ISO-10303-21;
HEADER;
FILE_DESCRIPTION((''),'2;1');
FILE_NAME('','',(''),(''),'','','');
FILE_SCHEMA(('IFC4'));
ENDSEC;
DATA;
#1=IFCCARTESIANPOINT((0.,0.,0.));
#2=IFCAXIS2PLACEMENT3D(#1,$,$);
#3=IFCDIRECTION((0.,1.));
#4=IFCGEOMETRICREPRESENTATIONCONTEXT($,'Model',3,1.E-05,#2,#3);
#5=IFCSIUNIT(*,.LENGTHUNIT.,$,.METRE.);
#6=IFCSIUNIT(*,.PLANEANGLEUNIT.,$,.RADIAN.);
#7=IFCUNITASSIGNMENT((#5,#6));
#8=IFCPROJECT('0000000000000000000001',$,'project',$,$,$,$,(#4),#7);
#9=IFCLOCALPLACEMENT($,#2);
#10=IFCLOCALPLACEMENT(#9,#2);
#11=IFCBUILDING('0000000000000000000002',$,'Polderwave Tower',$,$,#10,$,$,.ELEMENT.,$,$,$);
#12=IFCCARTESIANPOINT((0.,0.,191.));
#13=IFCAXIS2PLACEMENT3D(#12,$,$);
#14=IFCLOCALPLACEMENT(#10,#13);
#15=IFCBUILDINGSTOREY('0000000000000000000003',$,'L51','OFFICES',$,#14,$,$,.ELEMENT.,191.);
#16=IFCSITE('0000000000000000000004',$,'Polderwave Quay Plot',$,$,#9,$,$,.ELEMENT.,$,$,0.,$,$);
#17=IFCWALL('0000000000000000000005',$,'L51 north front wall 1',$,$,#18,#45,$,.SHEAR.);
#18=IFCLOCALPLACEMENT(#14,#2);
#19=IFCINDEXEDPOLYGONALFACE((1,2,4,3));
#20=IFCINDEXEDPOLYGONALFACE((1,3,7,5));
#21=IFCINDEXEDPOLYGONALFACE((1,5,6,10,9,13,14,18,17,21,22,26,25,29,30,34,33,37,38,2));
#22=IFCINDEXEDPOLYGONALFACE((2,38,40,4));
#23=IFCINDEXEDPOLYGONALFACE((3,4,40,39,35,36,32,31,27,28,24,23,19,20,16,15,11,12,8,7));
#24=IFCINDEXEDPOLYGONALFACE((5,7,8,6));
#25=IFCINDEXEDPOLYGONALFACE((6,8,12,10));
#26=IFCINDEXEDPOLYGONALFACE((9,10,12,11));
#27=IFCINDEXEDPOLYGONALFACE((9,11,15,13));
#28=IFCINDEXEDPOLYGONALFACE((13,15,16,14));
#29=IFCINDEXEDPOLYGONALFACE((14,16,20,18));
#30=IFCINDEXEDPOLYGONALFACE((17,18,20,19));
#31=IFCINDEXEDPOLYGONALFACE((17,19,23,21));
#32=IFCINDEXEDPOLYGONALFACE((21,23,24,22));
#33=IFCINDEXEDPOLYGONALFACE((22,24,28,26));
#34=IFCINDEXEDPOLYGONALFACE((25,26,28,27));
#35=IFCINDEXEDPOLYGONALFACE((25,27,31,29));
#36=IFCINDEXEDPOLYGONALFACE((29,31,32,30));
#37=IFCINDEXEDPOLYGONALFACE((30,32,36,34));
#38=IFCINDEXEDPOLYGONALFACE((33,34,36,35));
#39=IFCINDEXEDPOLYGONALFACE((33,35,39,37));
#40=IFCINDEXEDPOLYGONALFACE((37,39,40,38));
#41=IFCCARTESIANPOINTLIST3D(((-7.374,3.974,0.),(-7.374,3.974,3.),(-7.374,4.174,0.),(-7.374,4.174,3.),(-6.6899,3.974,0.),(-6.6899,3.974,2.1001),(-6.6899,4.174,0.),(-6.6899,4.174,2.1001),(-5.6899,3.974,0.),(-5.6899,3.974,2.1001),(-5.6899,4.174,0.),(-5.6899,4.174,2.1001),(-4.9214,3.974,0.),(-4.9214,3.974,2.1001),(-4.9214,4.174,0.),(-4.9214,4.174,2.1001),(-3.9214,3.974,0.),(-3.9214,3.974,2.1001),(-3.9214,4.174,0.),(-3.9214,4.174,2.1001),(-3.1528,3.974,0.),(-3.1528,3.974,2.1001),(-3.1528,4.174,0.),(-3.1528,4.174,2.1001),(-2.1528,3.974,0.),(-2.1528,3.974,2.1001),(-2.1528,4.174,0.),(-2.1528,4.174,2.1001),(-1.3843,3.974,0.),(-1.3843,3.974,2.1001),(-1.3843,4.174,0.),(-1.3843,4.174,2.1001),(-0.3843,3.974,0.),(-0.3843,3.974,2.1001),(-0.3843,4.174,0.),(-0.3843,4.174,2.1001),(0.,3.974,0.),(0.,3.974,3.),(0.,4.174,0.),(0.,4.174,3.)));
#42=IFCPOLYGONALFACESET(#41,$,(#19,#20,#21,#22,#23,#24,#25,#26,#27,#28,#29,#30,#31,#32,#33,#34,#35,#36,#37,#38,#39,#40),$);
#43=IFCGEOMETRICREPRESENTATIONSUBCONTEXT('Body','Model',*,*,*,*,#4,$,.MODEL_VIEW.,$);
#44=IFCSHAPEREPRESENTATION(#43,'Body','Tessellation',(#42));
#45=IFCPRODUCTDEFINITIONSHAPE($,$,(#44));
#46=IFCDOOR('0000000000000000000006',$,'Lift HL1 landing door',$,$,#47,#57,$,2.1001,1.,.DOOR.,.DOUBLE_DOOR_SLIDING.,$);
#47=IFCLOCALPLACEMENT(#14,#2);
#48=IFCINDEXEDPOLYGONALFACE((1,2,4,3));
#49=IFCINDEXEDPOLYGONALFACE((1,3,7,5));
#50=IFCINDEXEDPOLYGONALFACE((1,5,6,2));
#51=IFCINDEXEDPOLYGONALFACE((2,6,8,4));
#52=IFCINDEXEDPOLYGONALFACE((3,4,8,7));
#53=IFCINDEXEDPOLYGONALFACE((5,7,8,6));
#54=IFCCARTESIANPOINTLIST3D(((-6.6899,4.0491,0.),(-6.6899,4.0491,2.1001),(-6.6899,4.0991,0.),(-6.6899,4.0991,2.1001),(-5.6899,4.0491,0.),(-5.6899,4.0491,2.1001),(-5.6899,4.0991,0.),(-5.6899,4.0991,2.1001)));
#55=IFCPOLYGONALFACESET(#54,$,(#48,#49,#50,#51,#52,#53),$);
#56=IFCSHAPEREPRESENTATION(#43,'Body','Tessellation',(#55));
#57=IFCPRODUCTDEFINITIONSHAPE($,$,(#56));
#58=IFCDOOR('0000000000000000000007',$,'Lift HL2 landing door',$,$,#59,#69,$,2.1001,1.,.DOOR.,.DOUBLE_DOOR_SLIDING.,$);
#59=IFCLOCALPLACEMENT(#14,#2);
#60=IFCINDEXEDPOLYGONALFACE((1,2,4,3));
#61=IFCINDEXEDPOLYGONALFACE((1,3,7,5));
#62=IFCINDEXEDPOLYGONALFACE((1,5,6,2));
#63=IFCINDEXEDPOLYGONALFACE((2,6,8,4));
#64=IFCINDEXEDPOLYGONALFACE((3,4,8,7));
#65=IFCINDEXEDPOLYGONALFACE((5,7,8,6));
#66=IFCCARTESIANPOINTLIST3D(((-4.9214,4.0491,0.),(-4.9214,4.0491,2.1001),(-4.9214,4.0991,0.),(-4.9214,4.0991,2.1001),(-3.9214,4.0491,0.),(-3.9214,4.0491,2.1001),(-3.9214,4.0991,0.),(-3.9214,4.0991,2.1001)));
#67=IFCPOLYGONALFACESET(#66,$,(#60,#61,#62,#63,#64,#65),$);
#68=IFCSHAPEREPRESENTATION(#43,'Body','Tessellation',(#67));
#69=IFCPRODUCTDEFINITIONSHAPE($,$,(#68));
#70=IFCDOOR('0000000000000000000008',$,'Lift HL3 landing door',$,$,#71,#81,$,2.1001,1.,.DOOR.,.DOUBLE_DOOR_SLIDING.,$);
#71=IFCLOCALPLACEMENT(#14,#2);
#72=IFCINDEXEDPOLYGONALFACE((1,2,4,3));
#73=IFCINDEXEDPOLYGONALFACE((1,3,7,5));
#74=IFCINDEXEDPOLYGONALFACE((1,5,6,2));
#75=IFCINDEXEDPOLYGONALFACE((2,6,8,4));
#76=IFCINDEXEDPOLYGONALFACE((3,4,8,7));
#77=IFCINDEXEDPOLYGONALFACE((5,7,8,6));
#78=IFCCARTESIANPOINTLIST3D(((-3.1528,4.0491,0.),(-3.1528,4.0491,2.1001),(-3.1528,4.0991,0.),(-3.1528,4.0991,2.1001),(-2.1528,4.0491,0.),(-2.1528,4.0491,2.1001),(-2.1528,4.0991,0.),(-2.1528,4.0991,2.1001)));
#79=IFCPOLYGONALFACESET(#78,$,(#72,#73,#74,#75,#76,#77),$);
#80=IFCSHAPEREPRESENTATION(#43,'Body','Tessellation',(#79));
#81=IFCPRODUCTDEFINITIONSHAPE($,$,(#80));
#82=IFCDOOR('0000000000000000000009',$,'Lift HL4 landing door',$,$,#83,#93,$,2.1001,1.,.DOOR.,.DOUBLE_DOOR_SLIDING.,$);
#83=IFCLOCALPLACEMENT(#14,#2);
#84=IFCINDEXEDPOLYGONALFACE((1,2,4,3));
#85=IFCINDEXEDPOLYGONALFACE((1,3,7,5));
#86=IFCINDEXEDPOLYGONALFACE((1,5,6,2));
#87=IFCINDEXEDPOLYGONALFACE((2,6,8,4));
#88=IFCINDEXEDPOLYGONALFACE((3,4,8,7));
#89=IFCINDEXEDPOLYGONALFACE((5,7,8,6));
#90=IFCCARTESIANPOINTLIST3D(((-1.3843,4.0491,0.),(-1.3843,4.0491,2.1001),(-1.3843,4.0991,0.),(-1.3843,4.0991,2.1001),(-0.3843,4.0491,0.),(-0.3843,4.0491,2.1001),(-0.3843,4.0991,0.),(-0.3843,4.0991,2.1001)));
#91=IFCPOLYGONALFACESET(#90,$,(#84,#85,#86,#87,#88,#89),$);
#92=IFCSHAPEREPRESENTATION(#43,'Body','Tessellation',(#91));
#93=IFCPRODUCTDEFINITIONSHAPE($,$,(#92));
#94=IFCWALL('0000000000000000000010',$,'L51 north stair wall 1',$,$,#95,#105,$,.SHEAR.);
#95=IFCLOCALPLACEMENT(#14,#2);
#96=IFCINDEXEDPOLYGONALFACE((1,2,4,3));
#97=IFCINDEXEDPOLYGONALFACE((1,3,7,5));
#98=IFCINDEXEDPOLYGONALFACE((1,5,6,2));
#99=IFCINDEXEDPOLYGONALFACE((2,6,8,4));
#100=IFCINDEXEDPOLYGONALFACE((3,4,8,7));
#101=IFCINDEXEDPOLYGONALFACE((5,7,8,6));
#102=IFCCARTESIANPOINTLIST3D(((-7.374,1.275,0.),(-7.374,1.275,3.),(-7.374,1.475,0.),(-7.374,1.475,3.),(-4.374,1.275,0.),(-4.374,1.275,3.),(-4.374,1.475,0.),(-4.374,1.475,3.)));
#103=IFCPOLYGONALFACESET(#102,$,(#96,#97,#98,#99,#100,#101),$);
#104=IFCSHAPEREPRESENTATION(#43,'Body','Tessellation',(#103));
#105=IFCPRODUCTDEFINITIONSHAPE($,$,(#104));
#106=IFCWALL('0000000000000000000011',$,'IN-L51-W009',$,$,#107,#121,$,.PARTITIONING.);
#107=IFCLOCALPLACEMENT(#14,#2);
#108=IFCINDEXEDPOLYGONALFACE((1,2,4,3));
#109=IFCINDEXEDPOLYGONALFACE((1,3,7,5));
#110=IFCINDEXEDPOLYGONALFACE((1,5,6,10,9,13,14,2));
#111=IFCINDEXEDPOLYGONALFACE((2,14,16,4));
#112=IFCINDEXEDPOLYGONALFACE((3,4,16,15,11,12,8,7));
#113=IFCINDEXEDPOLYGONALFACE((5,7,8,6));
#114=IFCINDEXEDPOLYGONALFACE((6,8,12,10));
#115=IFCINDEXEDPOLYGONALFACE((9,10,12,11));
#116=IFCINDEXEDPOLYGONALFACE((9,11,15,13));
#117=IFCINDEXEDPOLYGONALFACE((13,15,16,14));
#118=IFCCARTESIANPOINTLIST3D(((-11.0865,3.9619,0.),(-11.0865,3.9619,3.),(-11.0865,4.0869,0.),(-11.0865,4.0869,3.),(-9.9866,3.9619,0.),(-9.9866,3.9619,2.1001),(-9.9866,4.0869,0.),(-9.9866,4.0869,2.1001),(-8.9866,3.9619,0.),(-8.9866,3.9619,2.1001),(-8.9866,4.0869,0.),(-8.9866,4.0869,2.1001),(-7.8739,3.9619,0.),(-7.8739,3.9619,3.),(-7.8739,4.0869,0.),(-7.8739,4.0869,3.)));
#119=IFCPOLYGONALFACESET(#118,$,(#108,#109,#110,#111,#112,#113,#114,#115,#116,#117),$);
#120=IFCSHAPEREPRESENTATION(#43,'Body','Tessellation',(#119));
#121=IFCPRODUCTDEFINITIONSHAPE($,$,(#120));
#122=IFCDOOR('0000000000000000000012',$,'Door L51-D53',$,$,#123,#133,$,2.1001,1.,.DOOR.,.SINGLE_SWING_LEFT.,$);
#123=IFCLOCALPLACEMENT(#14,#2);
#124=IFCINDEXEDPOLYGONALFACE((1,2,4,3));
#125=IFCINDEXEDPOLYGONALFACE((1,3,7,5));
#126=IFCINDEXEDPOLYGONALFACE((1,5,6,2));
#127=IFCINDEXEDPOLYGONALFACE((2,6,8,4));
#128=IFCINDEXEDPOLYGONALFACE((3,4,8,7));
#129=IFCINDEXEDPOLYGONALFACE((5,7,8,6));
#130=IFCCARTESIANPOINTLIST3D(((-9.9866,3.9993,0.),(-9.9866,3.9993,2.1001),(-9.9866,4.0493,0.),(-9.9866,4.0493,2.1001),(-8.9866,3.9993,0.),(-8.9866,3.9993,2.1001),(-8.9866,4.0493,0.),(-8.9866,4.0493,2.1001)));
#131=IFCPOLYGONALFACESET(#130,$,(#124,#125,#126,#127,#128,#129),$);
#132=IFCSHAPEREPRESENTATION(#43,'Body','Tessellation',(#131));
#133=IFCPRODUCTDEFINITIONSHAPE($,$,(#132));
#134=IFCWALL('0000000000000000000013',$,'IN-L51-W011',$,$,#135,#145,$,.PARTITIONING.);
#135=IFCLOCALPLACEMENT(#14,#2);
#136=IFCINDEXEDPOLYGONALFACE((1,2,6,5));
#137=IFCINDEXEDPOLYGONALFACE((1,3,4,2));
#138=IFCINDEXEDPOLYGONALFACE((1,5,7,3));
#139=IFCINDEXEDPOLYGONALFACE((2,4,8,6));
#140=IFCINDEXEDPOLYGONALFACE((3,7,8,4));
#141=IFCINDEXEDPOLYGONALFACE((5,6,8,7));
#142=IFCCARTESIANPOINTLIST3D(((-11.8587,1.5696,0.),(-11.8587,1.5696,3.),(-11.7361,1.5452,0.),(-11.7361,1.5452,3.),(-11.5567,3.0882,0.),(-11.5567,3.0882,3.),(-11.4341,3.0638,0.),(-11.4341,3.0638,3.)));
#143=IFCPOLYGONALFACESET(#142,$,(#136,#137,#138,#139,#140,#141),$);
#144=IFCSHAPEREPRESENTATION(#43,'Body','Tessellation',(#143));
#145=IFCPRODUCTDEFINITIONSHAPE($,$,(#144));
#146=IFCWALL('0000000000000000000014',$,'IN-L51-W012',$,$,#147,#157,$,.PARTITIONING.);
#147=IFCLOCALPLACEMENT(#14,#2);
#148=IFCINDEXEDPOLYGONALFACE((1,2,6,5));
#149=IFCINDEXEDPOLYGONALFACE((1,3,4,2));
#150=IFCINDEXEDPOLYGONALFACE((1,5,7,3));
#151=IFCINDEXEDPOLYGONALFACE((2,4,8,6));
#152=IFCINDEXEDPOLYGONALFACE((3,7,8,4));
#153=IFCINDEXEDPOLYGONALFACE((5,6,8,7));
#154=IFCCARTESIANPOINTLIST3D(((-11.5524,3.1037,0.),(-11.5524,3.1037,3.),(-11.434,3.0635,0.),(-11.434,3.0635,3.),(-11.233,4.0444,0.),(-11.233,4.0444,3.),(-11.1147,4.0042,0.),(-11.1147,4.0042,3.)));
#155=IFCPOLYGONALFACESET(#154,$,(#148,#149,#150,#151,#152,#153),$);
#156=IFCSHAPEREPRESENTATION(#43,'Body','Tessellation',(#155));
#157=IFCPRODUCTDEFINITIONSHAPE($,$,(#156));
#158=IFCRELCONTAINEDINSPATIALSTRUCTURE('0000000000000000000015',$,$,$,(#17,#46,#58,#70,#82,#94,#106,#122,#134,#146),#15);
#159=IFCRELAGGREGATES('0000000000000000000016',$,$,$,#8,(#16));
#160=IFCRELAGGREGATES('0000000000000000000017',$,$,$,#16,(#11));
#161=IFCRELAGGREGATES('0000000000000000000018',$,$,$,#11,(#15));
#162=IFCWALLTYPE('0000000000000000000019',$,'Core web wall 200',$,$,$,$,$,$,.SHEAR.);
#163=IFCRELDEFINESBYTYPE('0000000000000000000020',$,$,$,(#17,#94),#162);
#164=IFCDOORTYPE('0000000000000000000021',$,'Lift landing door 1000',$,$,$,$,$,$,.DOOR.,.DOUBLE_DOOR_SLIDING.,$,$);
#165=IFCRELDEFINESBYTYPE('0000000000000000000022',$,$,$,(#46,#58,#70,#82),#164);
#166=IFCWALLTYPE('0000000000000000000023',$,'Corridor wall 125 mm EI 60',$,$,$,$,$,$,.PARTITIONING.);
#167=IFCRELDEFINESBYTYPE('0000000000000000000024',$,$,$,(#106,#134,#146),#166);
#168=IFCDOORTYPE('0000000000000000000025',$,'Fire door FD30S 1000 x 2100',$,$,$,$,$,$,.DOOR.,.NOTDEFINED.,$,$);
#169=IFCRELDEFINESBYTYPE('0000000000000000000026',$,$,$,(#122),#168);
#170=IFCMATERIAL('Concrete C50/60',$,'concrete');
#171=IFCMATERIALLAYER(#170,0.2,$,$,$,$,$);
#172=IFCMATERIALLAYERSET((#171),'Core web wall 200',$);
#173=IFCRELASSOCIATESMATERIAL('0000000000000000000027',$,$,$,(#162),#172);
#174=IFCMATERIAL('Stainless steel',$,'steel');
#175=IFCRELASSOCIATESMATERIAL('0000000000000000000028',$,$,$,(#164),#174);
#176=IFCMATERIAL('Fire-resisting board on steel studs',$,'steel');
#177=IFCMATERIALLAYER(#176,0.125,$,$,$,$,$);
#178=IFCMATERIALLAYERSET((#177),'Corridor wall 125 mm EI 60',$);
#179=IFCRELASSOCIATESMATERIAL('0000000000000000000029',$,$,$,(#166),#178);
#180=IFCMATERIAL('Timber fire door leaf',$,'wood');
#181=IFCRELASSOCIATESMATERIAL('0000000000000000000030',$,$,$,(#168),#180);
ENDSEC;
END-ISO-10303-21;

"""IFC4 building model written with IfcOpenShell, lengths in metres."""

from ifc_helpers import new_model, si_unit, direction, frame, frame_2d, origin, place, context, subcontext, project, spatial, rectangle, extrude, material, layer, layer_set, type_object, element, fill, save


model = new_model("IFC4")

# Units and contexts
model_context = context("Model", 3, precision=1e-05, world=origin(), true_north=direction((0.0, 1.0)))
body_context = subcontext(model_context, "Body", "Model", "MODEL_VIEW")
ifc_project = project(units=[si_unit("LENGTHUNIT", "METRE"), si_unit("PLANEANGLEUNIT", "RADIAN")], contexts=[model_context])

# Site, building, storey
site_placement = place(None, origin())
site = spatial("IfcSite", under=ifc_project, at=site_placement, Name="Polderwave Quay Plot", CompositionType="ELEMENT", RefElevation=0.0)
building_placement = place(site_placement, origin())
building = spatial("IfcBuilding", under=site, at=building_placement, Name="Polderwave Tower", CompositionType="ELEMENT")
storey_placement = place(building_placement, frame((0.0, 0.0, 191.0)))
storey = spatial("IfcBuildingStorey", under=building, at=storey_placement, Name="L51", Description="OFFICES", CompositionType="ELEMENT", Elevation=191.0)

# Wall, openings, doors
ifc_material_1 = material(Name="Concrete C50/60", Category="concrete")
ifc_layer_1 = layer(ifc_material_1, 0.2)
ifc_layer_set_1 = layer_set([ifc_layer_1], Name="Core web wall 200")
wall_type_1 = type_object("IfcWallType", Name="Core web wall 200", PredefinedType="SHEAR", material=ifc_layer_set_1)
wall_1_placement = place(storey_placement, frame((-7.374, 4.074, 0.0), z_axis=(0.0, 0.0, 1.0), x_axis=(1.0, 0.0, 0.0)))
wall_1 = element("IfcWall", 1, at=wall_1_placement, inside=storey, type_object=wall_type_1, Name="L51 north front wall 1", PredefinedType="SHEAR", context=body_context, shape_type="SweptSolid", body=[
    extrude(rectangle(XDim=7.374, YDim=0.2, at=frame_2d((3.687, 0.0))), origin(), (0.0, 0.0, 1.0), 3.0),
])
opening_1_placement = place(wall_1_placement, frame((0.6841, 0.0, 0.0)))
opening_1 = element("IfcOpeningElement", 2, at=opening_1_placement, cuts=wall_1, PredefinedType="OPENING", context=body_context, shape_type="SweptSolid", body=[
    extrude(rectangle(XDim=1.0, YDim=2.1001, at=frame_2d((0.5, 1.05))), frame((0.0, 0.1099, 0.0), z_axis=(0.0, -1.0, 0.0), x_axis=(1.0, 0.0, 0.0)), (0.0, 0.0, 1.0), 0.22),
])
opening_2_placement = place(wall_1_placement, frame((2.4526, 0.0, 0.0)))
opening_2 = element("IfcOpeningElement", 3, at=opening_2_placement, cuts=wall_1, PredefinedType="OPENING", context=body_context, shape_type="SweptSolid", body=[
    extrude(rectangle(XDim=1.0, YDim=2.1001, at=frame_2d((0.5, 1.05))), frame((0.0, 0.1099, 0.0), z_axis=(0.0, -1.0, 0.0), x_axis=(1.0, 0.0, 0.0)), (0.0, 0.0, 1.0), 0.22),
])
opening_3_placement = place(wall_1_placement, frame((4.2212, 0.0, 0.0)))
opening_3 = element("IfcOpeningElement", 4, at=opening_3_placement, cuts=wall_1, PredefinedType="OPENING", context=body_context, shape_type="SweptSolid", body=[
    extrude(rectangle(XDim=1.0, YDim=2.1001, at=frame_2d((0.5, 1.05))), frame((0.0, 0.1099, 0.0), z_axis=(0.0, -1.0, 0.0), x_axis=(1.0, 0.0, 0.0)), (0.0, 0.0, 1.0), 0.22),
])
opening_4_placement = place(wall_1_placement, frame((5.9897, 0.0, 0.0)))
opening_4 = element("IfcOpeningElement", 5, at=opening_4_placement, cuts=wall_1, PredefinedType="OPENING", context=body_context, shape_type="SweptSolid", body=[
    extrude(rectangle(XDim=1.0, YDim=2.1001, at=frame_2d((0.5, 1.05))), frame((0.0, 0.1099, 0.0), z_axis=(0.0, -1.0, 0.0), x_axis=(1.0, 0.0, 0.0)), (0.0, 0.0, 1.0), 0.22),
])
ifc_material_2 = material(Name="Stainless steel", Category="steel")
door_type_1 = type_object("IfcDoorType", Name="Lift landing door 1000", OperationType="DOUBLE_DOOR_SLIDING", PredefinedType="DOOR", material=ifc_material_2)
door_1_placement = place(opening_1_placement, frame((1.0, 0.0, 0.0), z_axis=(0.0, 0.0, 1.0), x_axis=(-1.0, 0.0, 0.0)))
door_1 = element("IfcDoor", 6, at=door_1_placement, inside=storey, type_object=door_type_1, Name="Lift HL1 landing door", OperationType="DOUBLE_DOOR_SLIDING", OverallHeight=2.1001, OverallWidth=1.0, PredefinedType="DOOR", context=body_context, shape_type="SweptSolid", body=[
    extrude(rectangle(XDim=1.0, YDim=2.1001, at=frame_2d((0.5, 1.05))), frame((0.0, 0.0249, 0.0), z_axis=(0.0, -1.0, 0.0), x_axis=(1.0, 0.0, 0.0)), (0.0, 0.0, 1.0), 0.05),
])
fill(opening_1, door_1)
door_2_placement = place(opening_2_placement, frame((1.0, 0.0, 0.0), z_axis=(0.0, 0.0, 1.0), x_axis=(-1.0, 0.0, 0.0)))
door_2 = element("IfcDoor", 7, at=door_2_placement, inside=storey, type_object=door_type_1, Name="Lift HL2 landing door", OperationType="DOUBLE_DOOR_SLIDING", OverallHeight=2.1001, OverallWidth=1.0, PredefinedType="DOOR", context=body_context, shape_type="SweptSolid", body=[
    extrude(rectangle(XDim=1.0, YDim=2.1001, at=frame_2d((0.5, 1.05))), frame((0.0, 0.0249, 0.0), z_axis=(0.0, -1.0, 0.0), x_axis=(1.0, 0.0, 0.0)), (0.0, 0.0, 1.0), 0.05),
])
fill(opening_2, door_2)
door_3_placement = place(opening_3_placement, frame((1.0, 0.0, 0.0), z_axis=(0.0, 0.0, 1.0), x_axis=(-1.0, 0.0, 0.0)))
door_3 = element("IfcDoor", 8, at=door_3_placement, inside=storey, type_object=door_type_1, Name="Lift HL3 landing door", OperationType="DOUBLE_DOOR_SLIDING", OverallHeight=2.1001, OverallWidth=1.0, PredefinedType="DOOR", context=body_context, shape_type="SweptSolid", body=[
    extrude(rectangle(XDim=1.0, YDim=2.1001, at=frame_2d((0.5, 1.05))), frame((0.0, 0.0249, 0.0), z_axis=(0.0, -1.0, 0.0), x_axis=(1.0, 0.0, 0.0)), (0.0, 0.0, 1.0), 0.05),
])
fill(opening_3, door_3)
door_4_placement = place(opening_4_placement, frame((1.0, 0.0, 0.0), z_axis=(0.0, 0.0, 1.0), x_axis=(-1.0, 0.0, 0.0)))
door_4 = element("IfcDoor", 9, at=door_4_placement, inside=storey, type_object=door_type_1, Name="Lift HL4 landing door", OperationType="DOUBLE_DOOR_SLIDING", OverallHeight=2.1001, OverallWidth=1.0, PredefinedType="DOOR", context=body_context, shape_type="SweptSolid", body=[
    extrude(rectangle(XDim=1.0, YDim=2.1001, at=frame_2d((0.5, 1.05))), frame((0.0, 0.0249, 0.0), z_axis=(0.0, -1.0, 0.0), x_axis=(1.0, 0.0, 0.0)), (0.0, 0.0, 1.0), 0.05),
])
fill(opening_4, door_4)

# Wall
wall_2_placement = place(storey_placement, frame((-7.374, 1.375, 0.0), z_axis=(0.0, 0.0, 1.0), x_axis=(1.0, 0.0, 0.0)))
element("IfcWall", 10, at=wall_2_placement, inside=storey, type_object=wall_type_1, Name="L51 north stair wall 1", PredefinedType="SHEAR", context=body_context, shape_type="SweptSolid", body=[
    extrude(rectangle(XDim=3.0, YDim=0.2, at=frame_2d((1.5, 0.0))), origin(), (0.0, 0.0, 1.0), 3.0),
])

# Wall, opening, door
ifc_material_3 = material(Name="Fire-resisting board on steel studs", Category="steel")
ifc_layer_2 = layer(ifc_material_3, 0.125)
ifc_layer_set_2 = layer_set([ifc_layer_2], Name="Corridor wall 125 mm EI 60")
wall_type_2 = type_object("IfcWallType", Name="Corridor wall 125 mm EI 60", PredefinedType="PARTITIONING", material=ifc_layer_set_2)
wall_3_placement = place(storey_placement, frame((-11.0867, 4.0244, 0.0), z_axis=(0.0, 0.0, 1.0), x_axis=(1.0, 0.0, 0.0)))
wall_3 = element("IfcWall", 11, at=wall_3_placement, inside=storey, type_object=wall_type_2, Name="IN-L51-W009", PredefinedType="PARTITIONING", context=body_context, shape_type="SweptSolid", body=[
    extrude(rectangle(XDim=3.2126, YDim=0.125, at=frame_2d((1.6064, 0.0))), origin(), (0.0, 0.0, 1.0), 3.0),
])
opening_5_placement = place(wall_3_placement, frame((1.1001, 0.0, 0.0)))
opening_5 = element("IfcOpeningElement", 12, at=opening_5_placement, cuts=wall_3, PredefinedType="OPENING", context=body_context, shape_type="SweptSolid", body=[
    extrude(rectangle(XDim=1.0, YDim=2.1001, at=frame_2d((0.5, 1.05))), frame((0.0, 0.0725, 0.0), z_axis=(0.0, -1.0, 0.0), x_axis=(1.0, 0.0, 0.0)), (0.0, 0.0, 1.0), 0.145),
])
ifc_material_4 = material(Name="Timber fire door leaf", Category="wood")
door_type_2 = type_object("IfcDoorType", Name="Fire door FD30S 1000 x 2100", OperationType="NOTDEFINED", PredefinedType="DOOR", material=ifc_material_4)
door_5_placement = place(opening_5_placement, origin())
door_5 = element("IfcDoor", 13, at=door_5_placement, inside=storey, type_object=door_type_2, Name="Door L51-D53", OperationType="SINGLE_SWING_LEFT", OverallHeight=2.1001, OverallWidth=1.0, PredefinedType="DOOR", context=body_context, shape_type="SweptSolid", body=[
    extrude(rectangle(XDim=1.0, YDim=2.1001, at=frame_2d((0.5, 1.05))), frame((0.0, 0.0249, 0.0), z_axis=(0.0, -1.0, 0.0), x_axis=(1.0, 0.0, 0.0)), (0.0, 0.0, 1.0), 0.05),
])
fill(opening_5, door_5)

# Walls
wall_4_placement = place(storey_placement, frame((-11.7974, 1.5574, 0.0), z_axis=(0.0, 0.0, 1.0), x_axis=(0.195055, 0.980792, 0.0)))
element("IfcWall", 14, at=wall_4_placement, inside=storey, type_object=wall_type_2, Name="IN-L51-W011", PredefinedType="PARTITIONING", context=body_context, shape_type="SweptSolid", body=[
    extrude(rectangle(XDim=1.5483, YDim=0.125, at=frame_2d((0.7742, 0.0))), origin(), (0.0, 0.0, 1.0), 3.0),
])
wall_5_placement = place(storey_placement, frame((-11.4932, 3.0837, 0.0), z_axis=(0.0, 0.0, 1.0), x_axis=(0.321458, 0.946924, 0.0)))
element("IfcWall", 15, at=wall_5_placement, inside=storey, type_object=wall_type_2, Name="IN-L51-W012", PredefinedType="PARTITIONING", context=body_context, shape_type="SweptSolid", body=[
    extrude(rectangle(XDim=0.9934, YDim=0.125, at=frame_2d((0.4966, 0.0))), origin(), (0.0, 0.0, 1.0), 3.0),
])

save(model, "model.ifc")
